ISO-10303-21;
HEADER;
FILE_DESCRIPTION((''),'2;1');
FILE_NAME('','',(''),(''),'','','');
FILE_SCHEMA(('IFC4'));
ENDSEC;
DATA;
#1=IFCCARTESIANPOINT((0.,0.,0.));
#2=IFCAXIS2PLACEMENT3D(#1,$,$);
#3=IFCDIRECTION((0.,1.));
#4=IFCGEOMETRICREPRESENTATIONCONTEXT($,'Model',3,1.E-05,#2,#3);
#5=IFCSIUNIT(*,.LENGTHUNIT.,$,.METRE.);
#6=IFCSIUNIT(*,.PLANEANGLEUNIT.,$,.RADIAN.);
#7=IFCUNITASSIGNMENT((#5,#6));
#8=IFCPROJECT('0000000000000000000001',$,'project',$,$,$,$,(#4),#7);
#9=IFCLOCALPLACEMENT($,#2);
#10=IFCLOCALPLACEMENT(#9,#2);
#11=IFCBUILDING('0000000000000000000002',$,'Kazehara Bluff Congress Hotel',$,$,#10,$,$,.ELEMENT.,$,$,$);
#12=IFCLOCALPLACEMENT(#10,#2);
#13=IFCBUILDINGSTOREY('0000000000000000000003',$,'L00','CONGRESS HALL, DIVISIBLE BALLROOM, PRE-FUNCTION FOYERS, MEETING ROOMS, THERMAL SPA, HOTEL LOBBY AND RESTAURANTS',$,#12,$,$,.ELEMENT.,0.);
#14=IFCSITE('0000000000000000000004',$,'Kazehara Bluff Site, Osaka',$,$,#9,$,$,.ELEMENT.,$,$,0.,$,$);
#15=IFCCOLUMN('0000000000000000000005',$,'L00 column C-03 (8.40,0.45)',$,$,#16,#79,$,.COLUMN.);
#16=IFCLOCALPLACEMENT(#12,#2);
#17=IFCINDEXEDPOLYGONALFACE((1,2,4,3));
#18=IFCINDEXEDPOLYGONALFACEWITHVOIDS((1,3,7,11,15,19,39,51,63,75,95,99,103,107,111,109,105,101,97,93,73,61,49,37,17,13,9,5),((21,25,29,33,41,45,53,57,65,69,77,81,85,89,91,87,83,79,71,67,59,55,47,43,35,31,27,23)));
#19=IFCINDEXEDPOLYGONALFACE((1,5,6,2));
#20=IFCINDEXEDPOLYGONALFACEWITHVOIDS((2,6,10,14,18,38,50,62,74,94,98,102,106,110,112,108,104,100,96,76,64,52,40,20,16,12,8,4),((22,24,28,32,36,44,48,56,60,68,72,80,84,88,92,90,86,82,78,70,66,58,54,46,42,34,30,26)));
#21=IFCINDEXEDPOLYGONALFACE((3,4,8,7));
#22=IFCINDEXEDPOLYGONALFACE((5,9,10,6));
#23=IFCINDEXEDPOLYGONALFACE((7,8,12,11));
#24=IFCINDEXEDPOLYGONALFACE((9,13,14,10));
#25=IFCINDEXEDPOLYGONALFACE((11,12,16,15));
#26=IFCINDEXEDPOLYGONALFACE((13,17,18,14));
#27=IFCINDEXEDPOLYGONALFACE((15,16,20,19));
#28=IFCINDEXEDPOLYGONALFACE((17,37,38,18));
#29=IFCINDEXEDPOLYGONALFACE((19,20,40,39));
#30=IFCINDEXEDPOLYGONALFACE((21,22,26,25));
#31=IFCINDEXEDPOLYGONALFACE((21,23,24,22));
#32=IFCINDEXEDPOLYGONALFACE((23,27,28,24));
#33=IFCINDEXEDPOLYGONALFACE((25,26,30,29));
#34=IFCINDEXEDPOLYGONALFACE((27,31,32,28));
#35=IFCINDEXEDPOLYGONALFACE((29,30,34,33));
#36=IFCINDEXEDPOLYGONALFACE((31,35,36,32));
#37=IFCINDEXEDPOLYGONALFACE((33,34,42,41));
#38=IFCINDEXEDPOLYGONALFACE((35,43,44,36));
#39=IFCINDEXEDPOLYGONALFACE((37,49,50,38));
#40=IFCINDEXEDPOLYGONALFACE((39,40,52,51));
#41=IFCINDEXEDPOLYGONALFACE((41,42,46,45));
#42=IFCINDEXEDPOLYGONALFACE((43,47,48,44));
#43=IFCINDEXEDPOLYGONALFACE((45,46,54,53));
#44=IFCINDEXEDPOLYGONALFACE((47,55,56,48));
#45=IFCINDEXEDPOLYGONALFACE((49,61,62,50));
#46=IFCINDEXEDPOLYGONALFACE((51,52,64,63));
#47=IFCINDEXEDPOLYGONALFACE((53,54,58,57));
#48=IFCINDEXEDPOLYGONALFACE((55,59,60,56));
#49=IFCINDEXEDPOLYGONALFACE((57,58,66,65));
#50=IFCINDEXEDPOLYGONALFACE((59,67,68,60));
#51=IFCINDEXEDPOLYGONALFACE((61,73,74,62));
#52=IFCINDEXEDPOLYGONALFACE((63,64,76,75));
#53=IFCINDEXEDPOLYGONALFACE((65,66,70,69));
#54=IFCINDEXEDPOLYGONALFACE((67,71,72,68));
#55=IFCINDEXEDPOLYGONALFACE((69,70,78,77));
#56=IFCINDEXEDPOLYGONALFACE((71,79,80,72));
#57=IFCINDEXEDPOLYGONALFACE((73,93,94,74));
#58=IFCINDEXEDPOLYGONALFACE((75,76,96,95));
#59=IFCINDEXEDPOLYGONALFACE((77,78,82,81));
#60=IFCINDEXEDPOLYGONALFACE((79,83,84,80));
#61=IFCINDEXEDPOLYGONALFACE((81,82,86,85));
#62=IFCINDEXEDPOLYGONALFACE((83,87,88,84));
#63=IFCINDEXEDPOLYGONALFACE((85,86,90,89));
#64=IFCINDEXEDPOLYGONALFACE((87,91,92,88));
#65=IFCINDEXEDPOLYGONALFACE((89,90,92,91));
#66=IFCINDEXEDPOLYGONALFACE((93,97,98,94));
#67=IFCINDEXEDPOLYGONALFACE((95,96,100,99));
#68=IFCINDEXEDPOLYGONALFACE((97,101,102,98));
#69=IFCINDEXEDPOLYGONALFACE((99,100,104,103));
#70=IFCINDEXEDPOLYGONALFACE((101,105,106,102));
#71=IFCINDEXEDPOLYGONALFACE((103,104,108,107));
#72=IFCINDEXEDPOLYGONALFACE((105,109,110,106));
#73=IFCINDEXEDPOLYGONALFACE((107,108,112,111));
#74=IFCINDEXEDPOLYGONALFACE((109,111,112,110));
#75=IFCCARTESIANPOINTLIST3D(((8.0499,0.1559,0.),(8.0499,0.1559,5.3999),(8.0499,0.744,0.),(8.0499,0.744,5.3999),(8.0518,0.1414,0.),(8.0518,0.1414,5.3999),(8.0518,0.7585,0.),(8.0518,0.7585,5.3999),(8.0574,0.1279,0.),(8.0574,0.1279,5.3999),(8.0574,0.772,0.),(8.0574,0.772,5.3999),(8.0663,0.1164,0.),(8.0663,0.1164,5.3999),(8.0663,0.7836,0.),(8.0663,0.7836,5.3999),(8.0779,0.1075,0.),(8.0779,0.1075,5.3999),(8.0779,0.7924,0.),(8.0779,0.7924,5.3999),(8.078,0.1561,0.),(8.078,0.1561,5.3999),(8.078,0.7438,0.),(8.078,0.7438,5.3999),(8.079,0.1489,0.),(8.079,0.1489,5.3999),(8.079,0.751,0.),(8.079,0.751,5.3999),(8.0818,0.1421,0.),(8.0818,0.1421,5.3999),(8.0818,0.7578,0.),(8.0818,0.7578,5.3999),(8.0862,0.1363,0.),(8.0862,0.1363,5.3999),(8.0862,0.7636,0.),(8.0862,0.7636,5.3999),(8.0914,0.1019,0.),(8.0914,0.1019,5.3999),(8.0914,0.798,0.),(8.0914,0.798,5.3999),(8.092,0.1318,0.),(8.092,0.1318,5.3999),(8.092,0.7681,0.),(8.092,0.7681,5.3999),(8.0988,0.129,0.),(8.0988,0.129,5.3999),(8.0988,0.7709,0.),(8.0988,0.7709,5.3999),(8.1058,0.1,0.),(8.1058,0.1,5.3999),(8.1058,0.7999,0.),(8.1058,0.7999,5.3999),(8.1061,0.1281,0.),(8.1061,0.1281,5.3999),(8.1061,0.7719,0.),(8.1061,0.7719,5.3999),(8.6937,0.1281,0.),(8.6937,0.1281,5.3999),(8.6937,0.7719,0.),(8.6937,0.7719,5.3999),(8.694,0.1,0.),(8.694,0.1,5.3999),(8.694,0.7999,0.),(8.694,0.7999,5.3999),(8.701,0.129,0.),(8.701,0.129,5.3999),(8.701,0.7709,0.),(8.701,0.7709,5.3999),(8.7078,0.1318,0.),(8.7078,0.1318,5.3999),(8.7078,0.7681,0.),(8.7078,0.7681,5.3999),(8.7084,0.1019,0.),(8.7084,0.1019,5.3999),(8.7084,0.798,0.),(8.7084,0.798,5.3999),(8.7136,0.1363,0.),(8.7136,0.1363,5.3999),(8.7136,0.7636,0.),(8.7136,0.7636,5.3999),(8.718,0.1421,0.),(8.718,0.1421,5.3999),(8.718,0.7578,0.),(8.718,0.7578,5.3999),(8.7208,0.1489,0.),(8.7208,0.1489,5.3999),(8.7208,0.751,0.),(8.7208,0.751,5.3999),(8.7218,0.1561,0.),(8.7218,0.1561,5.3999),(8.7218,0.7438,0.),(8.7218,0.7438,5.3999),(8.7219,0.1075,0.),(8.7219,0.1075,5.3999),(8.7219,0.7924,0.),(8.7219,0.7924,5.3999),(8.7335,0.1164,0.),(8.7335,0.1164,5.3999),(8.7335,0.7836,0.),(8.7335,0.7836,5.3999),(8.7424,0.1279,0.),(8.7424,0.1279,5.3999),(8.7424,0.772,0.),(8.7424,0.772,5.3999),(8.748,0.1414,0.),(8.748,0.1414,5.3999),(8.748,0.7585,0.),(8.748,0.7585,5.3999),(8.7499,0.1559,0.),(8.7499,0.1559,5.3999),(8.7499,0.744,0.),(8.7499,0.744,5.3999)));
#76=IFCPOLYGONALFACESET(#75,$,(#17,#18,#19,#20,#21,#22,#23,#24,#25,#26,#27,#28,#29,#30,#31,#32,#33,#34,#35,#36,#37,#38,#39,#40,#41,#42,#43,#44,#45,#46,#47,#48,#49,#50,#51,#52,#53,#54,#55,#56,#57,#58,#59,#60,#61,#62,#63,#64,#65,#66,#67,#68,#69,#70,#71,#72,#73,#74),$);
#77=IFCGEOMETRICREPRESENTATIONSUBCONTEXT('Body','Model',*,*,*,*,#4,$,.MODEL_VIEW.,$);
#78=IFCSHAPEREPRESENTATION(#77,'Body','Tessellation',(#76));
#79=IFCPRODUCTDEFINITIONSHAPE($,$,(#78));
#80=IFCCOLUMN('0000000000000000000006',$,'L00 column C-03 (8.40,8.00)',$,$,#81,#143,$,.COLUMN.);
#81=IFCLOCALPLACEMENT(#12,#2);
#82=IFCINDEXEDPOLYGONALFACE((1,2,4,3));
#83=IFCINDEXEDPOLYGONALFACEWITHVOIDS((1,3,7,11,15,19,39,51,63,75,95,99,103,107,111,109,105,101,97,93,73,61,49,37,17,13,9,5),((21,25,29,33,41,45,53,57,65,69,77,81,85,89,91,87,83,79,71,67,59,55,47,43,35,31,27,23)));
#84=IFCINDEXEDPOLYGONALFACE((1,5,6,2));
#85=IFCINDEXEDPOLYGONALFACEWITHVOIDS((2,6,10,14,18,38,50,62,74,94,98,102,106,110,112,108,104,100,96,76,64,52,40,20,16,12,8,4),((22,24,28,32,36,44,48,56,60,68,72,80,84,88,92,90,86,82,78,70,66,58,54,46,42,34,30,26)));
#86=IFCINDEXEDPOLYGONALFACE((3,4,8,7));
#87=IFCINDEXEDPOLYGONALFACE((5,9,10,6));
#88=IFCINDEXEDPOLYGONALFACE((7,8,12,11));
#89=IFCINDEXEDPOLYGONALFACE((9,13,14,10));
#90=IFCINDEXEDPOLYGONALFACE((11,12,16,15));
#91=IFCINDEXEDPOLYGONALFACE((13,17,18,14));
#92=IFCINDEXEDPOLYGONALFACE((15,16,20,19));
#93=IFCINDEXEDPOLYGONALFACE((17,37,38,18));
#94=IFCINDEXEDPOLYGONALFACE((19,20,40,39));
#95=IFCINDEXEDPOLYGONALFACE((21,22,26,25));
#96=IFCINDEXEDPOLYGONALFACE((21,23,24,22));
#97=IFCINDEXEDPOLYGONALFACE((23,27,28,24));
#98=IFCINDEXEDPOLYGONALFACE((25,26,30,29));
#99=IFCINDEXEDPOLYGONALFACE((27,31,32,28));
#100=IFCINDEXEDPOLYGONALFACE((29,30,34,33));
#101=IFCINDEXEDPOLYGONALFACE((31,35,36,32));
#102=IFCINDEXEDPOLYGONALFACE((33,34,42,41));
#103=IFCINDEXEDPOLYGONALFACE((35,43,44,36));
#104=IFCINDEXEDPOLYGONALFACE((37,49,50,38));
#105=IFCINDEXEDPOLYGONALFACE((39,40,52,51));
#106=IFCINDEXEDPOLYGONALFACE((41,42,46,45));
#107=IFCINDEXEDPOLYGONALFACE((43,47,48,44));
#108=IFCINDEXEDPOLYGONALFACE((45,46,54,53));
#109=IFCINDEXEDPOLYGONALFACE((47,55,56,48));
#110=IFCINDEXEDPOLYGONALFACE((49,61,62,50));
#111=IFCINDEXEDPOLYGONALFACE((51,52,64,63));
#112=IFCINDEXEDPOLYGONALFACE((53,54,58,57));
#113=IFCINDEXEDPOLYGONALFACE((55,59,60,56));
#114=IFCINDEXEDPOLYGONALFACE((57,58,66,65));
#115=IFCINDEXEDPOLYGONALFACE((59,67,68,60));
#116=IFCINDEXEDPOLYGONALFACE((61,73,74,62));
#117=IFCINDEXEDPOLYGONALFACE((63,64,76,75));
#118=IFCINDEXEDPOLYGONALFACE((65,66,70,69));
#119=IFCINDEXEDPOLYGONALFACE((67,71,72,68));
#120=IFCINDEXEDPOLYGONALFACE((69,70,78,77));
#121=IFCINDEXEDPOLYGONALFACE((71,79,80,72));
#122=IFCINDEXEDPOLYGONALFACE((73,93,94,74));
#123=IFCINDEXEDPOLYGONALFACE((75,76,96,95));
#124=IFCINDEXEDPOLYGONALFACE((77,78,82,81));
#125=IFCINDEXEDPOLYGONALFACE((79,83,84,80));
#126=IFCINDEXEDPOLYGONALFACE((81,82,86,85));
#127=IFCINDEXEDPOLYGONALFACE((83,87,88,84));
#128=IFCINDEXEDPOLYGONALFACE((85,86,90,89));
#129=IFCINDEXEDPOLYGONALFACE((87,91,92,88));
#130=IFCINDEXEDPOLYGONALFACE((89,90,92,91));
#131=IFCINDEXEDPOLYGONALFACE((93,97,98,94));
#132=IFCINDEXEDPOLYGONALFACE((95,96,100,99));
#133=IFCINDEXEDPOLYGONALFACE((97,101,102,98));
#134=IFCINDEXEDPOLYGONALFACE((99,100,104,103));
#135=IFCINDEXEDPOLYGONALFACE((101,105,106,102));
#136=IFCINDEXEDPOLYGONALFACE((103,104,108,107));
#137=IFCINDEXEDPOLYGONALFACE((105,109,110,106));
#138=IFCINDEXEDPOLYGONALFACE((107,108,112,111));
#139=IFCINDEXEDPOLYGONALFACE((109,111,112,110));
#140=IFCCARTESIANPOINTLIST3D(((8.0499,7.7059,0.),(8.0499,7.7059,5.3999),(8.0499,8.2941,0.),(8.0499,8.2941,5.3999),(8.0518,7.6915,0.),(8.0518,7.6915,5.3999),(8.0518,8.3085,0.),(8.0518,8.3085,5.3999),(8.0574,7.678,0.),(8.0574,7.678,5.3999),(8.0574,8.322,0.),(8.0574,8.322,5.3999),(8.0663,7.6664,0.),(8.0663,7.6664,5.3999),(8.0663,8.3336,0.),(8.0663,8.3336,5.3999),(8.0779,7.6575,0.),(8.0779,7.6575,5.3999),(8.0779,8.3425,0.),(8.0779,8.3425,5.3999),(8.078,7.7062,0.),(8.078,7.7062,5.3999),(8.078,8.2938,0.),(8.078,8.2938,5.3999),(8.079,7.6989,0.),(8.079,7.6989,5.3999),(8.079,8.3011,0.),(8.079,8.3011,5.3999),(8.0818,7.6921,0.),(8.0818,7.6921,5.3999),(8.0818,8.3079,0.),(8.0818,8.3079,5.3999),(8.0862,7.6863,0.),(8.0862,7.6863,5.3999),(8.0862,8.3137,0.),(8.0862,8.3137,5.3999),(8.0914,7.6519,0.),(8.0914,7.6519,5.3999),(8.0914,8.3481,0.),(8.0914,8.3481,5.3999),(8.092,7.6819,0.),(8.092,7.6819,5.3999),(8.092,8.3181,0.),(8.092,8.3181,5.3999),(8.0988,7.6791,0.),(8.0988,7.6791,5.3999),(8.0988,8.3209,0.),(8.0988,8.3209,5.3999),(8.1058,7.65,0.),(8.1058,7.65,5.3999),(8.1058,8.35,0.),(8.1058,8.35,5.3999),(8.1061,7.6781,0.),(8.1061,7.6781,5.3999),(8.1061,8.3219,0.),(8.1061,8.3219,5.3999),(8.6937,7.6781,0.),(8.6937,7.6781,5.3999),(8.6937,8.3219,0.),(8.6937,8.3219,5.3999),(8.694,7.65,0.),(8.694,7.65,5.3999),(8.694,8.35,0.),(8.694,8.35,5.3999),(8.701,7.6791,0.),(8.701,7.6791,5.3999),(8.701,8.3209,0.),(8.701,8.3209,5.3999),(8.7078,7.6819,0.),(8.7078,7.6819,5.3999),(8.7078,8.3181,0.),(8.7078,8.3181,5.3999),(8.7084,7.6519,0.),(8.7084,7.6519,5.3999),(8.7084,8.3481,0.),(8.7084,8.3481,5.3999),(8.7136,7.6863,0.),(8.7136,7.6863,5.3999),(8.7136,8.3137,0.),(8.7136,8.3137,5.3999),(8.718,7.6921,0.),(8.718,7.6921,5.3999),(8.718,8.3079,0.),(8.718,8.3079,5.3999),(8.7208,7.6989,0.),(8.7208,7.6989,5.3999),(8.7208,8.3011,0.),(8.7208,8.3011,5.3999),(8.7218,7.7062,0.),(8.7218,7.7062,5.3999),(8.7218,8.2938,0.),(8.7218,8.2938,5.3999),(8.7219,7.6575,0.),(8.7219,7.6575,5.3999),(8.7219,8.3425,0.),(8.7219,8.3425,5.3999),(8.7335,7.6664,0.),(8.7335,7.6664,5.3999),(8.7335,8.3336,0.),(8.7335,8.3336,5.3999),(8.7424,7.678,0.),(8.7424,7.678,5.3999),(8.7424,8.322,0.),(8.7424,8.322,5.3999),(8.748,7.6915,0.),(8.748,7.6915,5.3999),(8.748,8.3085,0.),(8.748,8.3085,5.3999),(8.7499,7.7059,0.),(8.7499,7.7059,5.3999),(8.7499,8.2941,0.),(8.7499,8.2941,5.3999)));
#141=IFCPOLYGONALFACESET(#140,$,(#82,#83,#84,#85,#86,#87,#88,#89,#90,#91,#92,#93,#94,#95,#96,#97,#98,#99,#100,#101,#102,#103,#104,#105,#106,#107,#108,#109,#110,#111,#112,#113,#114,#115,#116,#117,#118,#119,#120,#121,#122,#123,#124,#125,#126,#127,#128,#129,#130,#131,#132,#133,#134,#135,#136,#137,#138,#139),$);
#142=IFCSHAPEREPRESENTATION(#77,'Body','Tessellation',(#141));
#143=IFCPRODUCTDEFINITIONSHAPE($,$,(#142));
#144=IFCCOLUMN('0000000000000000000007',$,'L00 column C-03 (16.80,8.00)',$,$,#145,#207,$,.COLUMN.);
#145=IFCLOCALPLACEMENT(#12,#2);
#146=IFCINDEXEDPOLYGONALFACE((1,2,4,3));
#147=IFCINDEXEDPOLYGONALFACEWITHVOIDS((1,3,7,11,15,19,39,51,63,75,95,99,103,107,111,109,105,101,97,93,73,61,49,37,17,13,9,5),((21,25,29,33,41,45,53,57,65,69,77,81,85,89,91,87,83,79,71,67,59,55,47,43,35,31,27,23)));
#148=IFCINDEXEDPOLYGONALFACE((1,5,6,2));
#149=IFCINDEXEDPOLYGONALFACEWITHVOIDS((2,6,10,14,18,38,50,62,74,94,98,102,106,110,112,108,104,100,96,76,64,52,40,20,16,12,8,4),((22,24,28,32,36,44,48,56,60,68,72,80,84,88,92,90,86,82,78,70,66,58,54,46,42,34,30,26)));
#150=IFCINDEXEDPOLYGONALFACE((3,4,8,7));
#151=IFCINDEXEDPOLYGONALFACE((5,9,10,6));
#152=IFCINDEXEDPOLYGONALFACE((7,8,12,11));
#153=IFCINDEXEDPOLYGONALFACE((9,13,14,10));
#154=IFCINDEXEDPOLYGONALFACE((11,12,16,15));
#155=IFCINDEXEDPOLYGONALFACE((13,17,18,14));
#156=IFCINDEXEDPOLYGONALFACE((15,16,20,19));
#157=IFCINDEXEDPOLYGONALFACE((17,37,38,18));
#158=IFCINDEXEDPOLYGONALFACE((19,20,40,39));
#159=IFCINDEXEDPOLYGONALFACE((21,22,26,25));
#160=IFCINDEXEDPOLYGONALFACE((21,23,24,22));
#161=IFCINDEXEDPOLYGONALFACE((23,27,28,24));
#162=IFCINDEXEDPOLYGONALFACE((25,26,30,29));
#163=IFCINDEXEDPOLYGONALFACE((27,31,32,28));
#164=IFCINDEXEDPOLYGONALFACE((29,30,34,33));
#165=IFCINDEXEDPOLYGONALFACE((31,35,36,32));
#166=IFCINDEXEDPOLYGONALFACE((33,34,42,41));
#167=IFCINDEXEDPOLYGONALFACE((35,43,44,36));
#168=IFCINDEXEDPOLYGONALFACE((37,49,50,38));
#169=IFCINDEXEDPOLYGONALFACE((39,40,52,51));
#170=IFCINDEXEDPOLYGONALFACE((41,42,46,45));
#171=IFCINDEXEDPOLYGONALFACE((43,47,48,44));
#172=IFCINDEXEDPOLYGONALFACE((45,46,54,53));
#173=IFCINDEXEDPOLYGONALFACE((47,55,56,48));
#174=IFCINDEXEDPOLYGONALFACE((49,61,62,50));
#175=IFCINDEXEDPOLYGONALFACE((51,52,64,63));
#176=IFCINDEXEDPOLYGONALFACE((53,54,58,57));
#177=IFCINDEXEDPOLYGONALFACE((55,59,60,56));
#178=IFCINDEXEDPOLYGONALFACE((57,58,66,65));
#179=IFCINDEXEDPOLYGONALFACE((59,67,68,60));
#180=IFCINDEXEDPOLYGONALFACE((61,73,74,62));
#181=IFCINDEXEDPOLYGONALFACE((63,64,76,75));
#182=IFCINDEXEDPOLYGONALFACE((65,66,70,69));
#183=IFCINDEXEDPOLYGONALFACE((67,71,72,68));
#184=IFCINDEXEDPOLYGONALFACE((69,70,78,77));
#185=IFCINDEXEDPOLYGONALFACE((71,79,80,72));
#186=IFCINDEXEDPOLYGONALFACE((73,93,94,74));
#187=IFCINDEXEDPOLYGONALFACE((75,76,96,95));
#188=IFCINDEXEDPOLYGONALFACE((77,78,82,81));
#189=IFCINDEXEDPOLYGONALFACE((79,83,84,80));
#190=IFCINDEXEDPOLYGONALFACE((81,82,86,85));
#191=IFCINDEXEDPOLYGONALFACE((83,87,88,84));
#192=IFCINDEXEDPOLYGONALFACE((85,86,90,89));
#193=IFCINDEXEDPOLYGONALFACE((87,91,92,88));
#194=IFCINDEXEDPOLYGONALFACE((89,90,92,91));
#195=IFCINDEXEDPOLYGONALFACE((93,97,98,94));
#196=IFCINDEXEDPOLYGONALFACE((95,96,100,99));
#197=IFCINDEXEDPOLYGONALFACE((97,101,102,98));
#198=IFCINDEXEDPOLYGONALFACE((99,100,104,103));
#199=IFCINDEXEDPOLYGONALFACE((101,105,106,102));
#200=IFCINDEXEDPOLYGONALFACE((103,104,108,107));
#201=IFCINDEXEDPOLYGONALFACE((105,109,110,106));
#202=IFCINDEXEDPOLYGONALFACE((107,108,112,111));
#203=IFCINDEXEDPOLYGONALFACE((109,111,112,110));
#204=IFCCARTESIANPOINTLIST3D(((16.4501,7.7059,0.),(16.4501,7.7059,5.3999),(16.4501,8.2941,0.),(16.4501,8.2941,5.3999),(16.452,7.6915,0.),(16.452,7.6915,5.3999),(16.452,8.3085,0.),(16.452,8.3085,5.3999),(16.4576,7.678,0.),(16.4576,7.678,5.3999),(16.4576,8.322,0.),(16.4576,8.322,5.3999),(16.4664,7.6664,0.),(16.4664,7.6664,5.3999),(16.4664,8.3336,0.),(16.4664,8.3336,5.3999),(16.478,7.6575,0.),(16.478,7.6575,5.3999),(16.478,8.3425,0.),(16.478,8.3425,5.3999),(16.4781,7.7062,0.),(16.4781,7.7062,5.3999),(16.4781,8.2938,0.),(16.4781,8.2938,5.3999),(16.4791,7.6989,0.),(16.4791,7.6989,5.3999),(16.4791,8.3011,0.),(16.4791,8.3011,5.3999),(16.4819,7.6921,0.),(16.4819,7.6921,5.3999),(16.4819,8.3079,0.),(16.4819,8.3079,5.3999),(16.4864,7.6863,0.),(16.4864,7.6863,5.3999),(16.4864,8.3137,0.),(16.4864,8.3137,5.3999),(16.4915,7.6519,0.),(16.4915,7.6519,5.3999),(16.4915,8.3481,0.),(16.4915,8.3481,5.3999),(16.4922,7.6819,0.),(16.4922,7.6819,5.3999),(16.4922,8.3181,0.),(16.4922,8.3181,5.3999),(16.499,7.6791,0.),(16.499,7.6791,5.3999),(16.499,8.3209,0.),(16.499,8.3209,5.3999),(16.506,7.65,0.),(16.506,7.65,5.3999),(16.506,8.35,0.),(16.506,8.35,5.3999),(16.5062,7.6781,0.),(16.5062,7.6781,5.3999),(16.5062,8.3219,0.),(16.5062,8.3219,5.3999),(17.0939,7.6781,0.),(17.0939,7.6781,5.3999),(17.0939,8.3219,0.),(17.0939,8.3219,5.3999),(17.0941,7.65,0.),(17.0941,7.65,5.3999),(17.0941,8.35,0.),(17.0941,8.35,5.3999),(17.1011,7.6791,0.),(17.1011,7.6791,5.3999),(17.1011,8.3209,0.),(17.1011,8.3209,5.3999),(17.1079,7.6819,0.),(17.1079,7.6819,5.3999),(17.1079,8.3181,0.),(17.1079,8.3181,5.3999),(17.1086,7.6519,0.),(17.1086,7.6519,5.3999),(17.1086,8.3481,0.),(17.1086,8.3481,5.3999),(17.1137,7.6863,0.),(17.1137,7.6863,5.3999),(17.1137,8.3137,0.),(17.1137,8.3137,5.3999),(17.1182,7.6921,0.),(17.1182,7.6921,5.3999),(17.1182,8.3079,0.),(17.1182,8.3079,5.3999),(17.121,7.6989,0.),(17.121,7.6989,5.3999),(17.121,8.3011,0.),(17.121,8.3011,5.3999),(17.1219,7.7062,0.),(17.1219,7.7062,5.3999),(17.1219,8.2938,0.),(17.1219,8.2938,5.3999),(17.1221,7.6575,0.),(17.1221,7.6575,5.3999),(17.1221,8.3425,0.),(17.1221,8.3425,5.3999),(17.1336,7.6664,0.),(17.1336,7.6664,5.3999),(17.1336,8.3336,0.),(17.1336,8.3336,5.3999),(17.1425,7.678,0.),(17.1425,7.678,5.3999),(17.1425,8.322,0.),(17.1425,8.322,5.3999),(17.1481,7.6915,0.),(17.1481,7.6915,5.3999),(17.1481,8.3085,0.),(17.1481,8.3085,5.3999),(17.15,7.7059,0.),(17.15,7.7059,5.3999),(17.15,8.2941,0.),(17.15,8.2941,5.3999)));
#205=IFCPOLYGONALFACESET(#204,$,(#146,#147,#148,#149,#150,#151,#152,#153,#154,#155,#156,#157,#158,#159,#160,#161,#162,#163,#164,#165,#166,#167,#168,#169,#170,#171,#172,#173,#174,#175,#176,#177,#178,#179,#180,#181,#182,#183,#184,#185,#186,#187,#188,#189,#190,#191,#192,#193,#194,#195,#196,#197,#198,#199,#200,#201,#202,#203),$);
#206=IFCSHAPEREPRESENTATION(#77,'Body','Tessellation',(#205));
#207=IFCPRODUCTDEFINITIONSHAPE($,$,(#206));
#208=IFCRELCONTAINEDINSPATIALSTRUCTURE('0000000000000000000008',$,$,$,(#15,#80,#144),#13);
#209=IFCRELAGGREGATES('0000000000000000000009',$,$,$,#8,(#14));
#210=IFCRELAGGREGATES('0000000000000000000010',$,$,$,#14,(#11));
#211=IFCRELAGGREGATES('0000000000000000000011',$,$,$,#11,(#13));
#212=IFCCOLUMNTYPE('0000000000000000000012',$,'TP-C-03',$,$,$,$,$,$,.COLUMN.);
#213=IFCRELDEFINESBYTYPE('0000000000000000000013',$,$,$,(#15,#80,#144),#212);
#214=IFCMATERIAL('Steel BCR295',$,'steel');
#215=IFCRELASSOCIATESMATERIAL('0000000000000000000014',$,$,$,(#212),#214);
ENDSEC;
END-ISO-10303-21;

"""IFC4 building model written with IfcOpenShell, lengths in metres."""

from ifc_helpers import new_model, si_unit, direction, frame, origin, origin_2d, place, context, subcontext, project, spatial, hollow_rectangle, extrude, material, material_profile, profile_set, type_object, element, save


model = new_model("IFC4")

# Units and contexts
model_context = context("Model", 3, precision=1e-05, world=origin(), true_north=direction((0.0, 1.0)))
body_context = subcontext(model_context, "Body", "Model", "MODEL_VIEW")
ifc_project = project(units=[si_unit("LENGTHUNIT", "METRE"), si_unit("PLANEANGLEUNIT", "RADIAN")], contexts=[model_context])

# Site, building, storey
site_placement = place(None, origin())
site = spatial("IfcSite", under=ifc_project, at=site_placement, Name="Kazehara Bluff Site, Osaka", CompositionType="ELEMENT", RefElevation=0.0)
building_placement = place(site_placement, origin())
building = spatial("IfcBuilding", under=site, at=building_placement, Name="Kazehara Bluff Congress Hotel", CompositionType="ELEMENT")
storey_placement = place(building_placement, origin())
storey = spatial("IfcBuildingStorey", under=building, at=storey_placement, Name="L00", Description="CONGRESS HALL, DIVISIBLE BALLROOM, PRE-FUNCTION FOYERS, MEETING ROOMS, THERMAL SPA, HOTEL LOBBY AND RESTAURANTS", CompositionType="ELEMENT", Elevation=0.0)

# Columns
ifc_material_1 = material(Name="Steel BCR295", Category="steel")
ifc_material_profile_1 = material_profile(ifc_material_1, hollow_rectangle(XDim=0.7, YDim=0.7, WallThickness=0.0281, InnerFilletRadius=0.0281, OuterFilletRadius=0.0559, at=origin_2d()))
ifc_profile_set_1 = profile_set([ifc_material_profile_1], Name="Steel BCR295")
column_type = type_object("IfcColumnType", Name="TP-C-03", PredefinedType="COLUMN", material=ifc_profile_set_1)
for number, where, z_axis, x_axis, name in (
    (1, (8.3999, 0.45, 0.0), (0.0, 0.0, 1.0), (1.0, 0.0, 0.0), "L00 column C-03 (8.40,0.45)"),
    (2, (8.3999, 8.0, 0.0), (0.0, 0.0, 1.0), (1.0, 0.0, 0.0), "L00 column C-03 (8.40,8.00)"),
    (3, (16.8, 8.0, 0.0), (0.0, 0.0, 1.0), (1.0, 0.0, 0.0), "L00 column C-03 (16.80,8.00)"),
):
    element("IfcColumn", number, at=place(storey_placement, frame(where, z_axis=z_axis, x_axis=x_axis)), inside=storey, type_object=column_type, Name=name, PredefinedType="COLUMN", context=body_context, shape_type="SweptSolid", body=[
        extrude(hollow_rectangle(XDim=0.7, YDim=0.7, WallThickness=0.0281, InnerFilletRadius=0.0281, OuterFilletRadius=0.0559, at=origin_2d()), origin(), (0.0, 0.0, 1.0), 5.3999),
    ])

save(model, "model.ifc")
